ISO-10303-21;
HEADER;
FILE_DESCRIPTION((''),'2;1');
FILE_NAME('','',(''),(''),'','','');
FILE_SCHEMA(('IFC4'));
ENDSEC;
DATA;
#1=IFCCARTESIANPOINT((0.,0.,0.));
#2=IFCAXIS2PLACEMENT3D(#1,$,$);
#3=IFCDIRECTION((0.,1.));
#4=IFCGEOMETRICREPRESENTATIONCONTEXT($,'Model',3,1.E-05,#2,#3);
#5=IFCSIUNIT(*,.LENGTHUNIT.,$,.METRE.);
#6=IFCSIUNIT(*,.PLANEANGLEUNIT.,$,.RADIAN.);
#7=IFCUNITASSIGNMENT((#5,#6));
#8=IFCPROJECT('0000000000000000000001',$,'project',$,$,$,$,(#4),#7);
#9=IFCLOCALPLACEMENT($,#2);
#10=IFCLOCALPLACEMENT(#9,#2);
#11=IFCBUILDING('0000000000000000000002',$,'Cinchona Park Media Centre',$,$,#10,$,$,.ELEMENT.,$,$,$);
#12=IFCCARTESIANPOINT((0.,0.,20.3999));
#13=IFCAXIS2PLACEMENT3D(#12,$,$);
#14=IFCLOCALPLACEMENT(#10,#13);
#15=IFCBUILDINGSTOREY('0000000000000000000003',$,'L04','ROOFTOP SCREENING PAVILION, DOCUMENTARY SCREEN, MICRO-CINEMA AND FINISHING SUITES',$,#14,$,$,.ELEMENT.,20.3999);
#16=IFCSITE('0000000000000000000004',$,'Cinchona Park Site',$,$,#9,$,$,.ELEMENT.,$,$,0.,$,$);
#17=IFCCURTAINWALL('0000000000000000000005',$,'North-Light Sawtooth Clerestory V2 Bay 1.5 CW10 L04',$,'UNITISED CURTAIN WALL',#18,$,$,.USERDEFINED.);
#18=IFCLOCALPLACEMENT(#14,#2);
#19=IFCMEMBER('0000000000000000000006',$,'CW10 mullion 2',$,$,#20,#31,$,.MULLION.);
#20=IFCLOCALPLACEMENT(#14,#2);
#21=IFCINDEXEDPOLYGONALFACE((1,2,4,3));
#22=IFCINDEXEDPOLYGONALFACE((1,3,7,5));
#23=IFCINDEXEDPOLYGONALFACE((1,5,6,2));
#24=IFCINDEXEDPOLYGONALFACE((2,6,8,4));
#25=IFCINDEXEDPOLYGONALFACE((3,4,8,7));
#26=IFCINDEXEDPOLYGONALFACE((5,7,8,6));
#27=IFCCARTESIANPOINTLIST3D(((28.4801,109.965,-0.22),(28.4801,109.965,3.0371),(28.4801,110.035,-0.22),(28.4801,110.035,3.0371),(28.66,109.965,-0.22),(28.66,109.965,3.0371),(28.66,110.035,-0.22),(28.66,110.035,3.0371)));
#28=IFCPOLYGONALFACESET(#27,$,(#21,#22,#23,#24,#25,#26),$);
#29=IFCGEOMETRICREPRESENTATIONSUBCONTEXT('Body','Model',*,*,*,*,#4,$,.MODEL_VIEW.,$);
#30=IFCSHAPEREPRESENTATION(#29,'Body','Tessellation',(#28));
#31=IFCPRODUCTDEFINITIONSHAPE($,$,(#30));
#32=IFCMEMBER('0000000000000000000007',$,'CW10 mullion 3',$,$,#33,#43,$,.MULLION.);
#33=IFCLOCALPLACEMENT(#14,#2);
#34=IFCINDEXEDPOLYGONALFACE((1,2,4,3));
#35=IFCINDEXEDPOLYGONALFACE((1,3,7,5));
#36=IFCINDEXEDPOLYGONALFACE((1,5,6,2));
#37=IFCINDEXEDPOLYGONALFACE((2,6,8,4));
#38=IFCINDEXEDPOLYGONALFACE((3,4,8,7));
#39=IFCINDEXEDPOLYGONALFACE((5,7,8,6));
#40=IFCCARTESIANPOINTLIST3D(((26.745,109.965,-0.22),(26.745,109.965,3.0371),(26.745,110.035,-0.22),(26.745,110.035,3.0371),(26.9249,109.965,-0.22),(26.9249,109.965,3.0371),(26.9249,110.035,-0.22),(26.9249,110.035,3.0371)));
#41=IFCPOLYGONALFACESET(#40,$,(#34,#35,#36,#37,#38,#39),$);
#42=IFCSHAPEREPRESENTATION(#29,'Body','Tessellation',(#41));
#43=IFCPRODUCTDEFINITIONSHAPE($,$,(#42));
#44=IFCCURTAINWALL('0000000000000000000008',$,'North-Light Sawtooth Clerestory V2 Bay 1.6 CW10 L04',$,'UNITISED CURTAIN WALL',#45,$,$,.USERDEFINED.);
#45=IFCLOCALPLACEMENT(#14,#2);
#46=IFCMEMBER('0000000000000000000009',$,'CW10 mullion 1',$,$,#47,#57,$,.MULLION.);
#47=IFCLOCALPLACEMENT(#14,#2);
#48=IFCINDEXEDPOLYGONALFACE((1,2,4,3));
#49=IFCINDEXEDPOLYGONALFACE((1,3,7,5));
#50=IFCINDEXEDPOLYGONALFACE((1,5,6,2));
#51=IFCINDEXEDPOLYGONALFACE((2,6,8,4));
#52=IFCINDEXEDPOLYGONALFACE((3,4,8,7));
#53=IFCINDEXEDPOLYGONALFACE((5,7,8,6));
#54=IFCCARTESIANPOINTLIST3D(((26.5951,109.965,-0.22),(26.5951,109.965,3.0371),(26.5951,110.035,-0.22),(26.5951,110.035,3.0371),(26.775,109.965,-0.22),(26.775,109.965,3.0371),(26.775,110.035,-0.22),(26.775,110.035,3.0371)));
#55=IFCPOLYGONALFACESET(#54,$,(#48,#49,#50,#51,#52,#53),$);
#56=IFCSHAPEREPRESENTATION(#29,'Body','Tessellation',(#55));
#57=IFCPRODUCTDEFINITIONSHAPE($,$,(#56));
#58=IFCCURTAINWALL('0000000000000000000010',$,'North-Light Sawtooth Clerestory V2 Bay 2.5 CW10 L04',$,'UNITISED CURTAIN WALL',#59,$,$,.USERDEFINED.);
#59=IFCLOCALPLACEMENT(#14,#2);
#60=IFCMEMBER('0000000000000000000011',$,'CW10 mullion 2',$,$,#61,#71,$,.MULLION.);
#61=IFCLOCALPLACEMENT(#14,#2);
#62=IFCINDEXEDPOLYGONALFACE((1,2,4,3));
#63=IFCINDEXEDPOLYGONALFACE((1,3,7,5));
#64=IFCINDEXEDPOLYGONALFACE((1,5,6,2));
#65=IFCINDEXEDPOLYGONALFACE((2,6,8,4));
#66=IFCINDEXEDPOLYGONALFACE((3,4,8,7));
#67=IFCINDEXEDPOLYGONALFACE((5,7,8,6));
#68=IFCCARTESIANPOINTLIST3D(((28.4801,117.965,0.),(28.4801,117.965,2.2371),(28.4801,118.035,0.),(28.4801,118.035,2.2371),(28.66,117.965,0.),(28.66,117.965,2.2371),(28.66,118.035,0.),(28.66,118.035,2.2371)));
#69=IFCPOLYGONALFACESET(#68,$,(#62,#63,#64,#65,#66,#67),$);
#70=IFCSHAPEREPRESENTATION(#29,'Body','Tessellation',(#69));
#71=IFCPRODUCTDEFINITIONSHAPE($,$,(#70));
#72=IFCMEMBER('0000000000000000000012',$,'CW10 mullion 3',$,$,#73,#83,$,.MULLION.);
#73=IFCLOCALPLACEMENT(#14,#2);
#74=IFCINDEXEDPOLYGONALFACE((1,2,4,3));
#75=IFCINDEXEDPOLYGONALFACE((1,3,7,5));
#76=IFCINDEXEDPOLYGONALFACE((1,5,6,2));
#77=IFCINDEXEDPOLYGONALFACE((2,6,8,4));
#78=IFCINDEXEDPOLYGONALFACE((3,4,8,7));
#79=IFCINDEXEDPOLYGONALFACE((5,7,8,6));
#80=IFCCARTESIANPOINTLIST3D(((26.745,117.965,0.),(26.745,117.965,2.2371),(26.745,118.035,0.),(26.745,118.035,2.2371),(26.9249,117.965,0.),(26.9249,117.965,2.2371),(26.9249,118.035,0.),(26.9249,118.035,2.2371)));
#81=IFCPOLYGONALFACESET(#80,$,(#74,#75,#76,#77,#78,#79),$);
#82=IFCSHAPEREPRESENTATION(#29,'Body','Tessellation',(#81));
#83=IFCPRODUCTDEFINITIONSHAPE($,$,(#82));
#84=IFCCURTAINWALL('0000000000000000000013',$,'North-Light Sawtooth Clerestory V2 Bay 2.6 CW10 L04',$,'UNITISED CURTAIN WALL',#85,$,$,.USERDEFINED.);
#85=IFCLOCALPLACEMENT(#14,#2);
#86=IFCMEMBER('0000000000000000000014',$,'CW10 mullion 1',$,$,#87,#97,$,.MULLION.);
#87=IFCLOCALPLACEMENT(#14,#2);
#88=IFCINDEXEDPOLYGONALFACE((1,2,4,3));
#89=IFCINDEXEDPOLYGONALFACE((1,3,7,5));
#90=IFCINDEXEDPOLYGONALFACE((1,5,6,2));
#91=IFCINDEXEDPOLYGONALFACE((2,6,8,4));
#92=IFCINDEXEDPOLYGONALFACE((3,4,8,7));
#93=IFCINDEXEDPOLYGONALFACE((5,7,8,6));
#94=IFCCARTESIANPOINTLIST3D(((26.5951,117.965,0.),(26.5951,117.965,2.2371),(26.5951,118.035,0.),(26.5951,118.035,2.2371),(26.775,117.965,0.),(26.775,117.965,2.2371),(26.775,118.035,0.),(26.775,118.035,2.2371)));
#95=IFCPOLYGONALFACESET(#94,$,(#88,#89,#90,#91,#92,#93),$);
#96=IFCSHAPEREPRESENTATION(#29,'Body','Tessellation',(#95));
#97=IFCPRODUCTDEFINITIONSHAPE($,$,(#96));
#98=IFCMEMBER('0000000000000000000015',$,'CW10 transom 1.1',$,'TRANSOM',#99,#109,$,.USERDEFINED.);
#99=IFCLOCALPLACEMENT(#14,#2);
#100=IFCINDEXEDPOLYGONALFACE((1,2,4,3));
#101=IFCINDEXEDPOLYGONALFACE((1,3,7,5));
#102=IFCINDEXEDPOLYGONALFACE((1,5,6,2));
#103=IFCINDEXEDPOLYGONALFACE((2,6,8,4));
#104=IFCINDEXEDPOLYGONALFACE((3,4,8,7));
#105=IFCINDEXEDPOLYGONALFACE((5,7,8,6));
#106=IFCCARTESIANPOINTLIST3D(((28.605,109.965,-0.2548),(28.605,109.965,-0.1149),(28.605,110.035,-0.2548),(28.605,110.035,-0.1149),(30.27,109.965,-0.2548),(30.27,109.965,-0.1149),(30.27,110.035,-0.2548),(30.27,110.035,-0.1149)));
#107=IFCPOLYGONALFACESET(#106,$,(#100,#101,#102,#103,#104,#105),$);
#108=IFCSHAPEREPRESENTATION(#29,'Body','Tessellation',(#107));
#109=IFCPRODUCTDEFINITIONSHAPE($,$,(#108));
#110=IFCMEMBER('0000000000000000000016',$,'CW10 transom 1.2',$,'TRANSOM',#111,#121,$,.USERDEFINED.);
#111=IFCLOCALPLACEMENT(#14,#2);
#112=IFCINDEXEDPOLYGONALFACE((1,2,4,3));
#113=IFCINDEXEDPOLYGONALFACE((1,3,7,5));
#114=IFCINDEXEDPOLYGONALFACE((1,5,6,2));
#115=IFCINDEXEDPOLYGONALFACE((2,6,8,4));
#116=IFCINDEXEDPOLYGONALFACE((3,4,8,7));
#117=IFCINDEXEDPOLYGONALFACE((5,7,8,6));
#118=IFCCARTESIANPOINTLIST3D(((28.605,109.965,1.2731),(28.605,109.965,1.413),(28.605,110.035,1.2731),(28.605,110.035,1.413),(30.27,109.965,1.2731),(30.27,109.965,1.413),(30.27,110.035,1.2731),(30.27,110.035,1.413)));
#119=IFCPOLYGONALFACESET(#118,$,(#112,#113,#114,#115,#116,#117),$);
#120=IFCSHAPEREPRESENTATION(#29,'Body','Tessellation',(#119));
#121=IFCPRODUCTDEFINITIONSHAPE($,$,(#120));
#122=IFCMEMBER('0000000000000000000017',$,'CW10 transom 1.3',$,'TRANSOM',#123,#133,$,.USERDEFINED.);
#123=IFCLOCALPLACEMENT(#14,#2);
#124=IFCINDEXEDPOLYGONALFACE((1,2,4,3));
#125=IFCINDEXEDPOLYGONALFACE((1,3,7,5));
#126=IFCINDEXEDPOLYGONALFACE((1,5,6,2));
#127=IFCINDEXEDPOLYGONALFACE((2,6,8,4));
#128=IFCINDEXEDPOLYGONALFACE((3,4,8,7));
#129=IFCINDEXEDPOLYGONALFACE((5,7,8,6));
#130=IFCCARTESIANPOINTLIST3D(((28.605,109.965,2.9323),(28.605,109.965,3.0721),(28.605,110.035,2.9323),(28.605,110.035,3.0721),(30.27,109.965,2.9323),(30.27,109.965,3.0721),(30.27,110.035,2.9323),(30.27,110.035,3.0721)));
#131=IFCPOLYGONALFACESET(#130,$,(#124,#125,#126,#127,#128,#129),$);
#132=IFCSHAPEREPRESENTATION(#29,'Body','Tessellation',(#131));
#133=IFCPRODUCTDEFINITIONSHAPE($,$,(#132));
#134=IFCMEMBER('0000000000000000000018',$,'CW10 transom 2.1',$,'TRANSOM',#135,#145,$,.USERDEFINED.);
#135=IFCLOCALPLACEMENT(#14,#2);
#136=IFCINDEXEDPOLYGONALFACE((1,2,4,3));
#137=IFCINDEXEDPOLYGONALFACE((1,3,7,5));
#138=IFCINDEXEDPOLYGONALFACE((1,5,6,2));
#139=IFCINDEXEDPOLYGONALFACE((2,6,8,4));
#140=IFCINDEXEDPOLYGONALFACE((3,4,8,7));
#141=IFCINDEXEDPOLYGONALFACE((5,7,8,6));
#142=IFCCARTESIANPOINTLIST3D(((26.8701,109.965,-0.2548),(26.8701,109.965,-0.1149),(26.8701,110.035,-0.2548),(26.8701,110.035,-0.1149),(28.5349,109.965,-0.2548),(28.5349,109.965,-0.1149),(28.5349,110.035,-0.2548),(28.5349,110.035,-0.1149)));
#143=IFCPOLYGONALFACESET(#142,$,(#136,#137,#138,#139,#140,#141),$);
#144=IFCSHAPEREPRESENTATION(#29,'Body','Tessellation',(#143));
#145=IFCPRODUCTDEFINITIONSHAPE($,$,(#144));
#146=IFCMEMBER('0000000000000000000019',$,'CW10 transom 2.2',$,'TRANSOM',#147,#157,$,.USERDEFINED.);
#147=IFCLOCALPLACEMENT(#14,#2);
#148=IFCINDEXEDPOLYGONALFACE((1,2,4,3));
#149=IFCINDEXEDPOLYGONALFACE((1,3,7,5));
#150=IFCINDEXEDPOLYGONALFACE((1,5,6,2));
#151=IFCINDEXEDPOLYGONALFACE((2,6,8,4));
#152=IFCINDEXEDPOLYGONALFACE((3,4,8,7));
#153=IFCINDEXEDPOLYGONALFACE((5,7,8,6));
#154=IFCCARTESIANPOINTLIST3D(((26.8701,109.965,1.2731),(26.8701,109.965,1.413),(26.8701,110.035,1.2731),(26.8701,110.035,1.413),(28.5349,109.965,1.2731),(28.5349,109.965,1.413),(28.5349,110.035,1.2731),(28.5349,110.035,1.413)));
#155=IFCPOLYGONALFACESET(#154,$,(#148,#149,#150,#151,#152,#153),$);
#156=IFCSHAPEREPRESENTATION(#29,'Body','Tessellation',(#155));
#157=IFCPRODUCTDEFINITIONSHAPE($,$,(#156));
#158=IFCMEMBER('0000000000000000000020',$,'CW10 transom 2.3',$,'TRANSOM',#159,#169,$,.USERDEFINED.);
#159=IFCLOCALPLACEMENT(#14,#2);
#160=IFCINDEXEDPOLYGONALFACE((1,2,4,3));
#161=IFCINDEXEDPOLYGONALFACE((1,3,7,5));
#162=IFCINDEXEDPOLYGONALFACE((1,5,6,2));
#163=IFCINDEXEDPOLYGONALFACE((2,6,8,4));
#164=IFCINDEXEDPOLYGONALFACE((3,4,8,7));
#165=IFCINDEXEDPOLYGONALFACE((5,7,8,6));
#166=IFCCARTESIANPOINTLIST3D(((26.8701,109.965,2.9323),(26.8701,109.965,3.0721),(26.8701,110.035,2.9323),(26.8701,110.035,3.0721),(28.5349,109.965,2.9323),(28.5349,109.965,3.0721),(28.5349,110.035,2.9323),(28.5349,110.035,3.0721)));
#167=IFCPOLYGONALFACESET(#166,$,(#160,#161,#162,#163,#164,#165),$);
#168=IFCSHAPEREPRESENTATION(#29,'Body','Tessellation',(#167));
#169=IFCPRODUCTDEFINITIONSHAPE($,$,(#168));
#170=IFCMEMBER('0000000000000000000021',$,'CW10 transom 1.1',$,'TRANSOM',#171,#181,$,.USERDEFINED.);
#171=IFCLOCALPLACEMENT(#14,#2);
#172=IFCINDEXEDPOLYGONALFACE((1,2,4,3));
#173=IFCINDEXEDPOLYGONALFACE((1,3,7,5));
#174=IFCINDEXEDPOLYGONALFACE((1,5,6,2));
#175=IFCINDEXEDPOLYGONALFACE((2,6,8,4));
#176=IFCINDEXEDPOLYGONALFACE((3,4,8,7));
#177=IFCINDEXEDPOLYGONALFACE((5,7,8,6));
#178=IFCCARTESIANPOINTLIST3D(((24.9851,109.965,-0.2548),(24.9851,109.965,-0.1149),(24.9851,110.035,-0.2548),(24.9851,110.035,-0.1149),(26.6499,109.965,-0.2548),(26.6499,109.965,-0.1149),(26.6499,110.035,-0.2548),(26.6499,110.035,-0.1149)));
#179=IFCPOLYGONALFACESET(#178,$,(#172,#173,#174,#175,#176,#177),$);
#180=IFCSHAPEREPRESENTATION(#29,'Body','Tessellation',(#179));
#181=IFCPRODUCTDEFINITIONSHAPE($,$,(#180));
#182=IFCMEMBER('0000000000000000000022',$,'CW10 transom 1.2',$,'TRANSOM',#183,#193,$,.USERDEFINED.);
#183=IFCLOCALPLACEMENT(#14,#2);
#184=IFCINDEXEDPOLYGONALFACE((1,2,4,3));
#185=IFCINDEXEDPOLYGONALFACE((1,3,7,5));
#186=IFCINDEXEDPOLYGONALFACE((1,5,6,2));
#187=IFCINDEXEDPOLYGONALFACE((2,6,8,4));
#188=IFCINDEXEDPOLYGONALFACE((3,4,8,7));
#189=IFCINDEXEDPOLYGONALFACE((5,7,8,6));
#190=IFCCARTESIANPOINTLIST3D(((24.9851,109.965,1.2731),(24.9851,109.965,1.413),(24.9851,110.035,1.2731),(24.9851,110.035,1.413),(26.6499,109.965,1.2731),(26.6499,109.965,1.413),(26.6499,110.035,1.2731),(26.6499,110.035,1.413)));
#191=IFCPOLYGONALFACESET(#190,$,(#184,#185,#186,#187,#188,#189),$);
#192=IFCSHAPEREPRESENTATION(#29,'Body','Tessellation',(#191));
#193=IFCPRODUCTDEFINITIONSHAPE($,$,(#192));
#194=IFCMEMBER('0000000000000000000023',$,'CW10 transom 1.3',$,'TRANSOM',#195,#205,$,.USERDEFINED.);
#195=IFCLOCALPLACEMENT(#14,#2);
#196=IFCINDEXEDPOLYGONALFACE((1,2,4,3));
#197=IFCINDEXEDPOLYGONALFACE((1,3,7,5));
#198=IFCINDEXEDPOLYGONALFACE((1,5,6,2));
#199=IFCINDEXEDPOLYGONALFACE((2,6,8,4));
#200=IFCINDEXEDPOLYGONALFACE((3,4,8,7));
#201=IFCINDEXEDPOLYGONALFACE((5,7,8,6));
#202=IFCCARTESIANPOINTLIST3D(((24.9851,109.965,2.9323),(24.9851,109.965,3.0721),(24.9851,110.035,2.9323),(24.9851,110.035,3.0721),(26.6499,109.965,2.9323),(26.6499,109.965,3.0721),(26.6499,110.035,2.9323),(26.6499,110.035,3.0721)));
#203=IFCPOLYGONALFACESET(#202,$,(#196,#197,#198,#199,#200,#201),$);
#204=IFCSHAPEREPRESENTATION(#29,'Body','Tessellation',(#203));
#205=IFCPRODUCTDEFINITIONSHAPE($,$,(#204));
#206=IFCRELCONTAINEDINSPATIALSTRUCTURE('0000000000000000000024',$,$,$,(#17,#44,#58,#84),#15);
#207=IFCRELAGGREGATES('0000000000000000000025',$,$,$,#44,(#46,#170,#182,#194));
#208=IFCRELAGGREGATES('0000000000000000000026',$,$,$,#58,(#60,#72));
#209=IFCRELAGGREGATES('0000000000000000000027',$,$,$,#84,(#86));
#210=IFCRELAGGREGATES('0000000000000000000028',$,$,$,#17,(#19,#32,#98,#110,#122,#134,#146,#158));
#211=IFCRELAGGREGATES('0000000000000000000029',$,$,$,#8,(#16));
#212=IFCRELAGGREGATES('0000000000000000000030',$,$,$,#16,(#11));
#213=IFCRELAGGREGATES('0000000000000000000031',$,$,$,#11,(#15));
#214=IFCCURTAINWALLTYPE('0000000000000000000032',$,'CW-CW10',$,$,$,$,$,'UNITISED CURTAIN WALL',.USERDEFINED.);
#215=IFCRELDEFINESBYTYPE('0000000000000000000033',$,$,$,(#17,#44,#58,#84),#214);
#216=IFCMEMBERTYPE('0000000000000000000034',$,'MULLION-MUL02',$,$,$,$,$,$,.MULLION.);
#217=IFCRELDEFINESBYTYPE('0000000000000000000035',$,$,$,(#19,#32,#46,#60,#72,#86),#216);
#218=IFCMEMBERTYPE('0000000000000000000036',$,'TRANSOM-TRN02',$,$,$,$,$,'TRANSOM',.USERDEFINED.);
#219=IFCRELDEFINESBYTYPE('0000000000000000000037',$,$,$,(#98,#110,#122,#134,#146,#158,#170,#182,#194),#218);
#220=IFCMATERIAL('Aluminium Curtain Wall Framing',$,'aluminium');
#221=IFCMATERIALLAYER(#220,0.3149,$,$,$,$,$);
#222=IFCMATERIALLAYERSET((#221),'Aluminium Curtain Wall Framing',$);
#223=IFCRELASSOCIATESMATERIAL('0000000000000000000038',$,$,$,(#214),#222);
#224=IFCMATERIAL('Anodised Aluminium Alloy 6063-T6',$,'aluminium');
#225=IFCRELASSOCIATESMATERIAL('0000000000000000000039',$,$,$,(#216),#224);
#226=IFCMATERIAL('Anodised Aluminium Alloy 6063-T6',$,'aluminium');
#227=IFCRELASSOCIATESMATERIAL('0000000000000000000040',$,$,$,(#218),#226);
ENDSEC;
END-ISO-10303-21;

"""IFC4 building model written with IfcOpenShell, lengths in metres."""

from ifc_helpers import new_model, si_unit, direction, frame, origin, origin_2d, place, context, subcontext, project, spatial, rectangle, extrude, material, layer, layer_set, material_profile, profile_set, type_object, element, aggregate, save


model = new_model("IFC4")

# Units and contexts
model_context = context("Model", 3, precision=1e-05, world=origin(), true_north=direction((0.0, 1.0)))
body_context = subcontext(model_context, "Body", "Model", "MODEL_VIEW")
ifc_project = project(units=[si_unit("LENGTHUNIT", "METRE"), si_unit("PLANEANGLEUNIT", "RADIAN")], contexts=[model_context])

# Site, building, storey
site_placement = place(None, origin())
site = spatial("IfcSite", under=ifc_project, at=site_placement, Name="Cinchona Park Site", CompositionType="ELEMENT", RefElevation=0.0)
building_placement = place(site_placement, origin())
building = spatial("IfcBuilding", under=site, at=building_placement, Name="Cinchona Park Media Centre", CompositionType="ELEMENT")
storey_placement = place(building_placement, frame((0.0, 0.0, 20.3999)))
storey = spatial("IfcBuildingStorey", under=building, at=storey_placement, Name="L04", Description="ROOFTOP SCREENING PAVILION, DOCUMENTARY SCREEN, MICRO-CINEMA AND FINISHING SUITES", CompositionType="ELEMENT", Elevation=20.3999)

# Curtain wall, members
ifc_material_1 = material(Name="Aluminium Curtain Wall Framing", Category="aluminium")
ifc_layer_1 = layer(ifc_material_1, 0.3149)
ifc_layer_set_1 = layer_set([ifc_layer_1], Name="Aluminium Curtain Wall Framing")
curtain_wall_type = type_object("IfcCurtainWallType", Name="CW-CW10", ElementType="UNITISED CURTAIN WALL", PredefinedType="USERDEFINED", material=ifc_layer_set_1)
curtain_wall_1_placement = place(storey_placement, origin())
curtain_wall_1 = element("IfcCurtainWall", 1, at=curtain_wall_1_placement, inside=storey, type_object=curtain_wall_type, Name="North-Light Sawtooth Clerestory V2 Bay 1.5 CW10 L04", ObjectType="UNITISED CURTAIN WALL", PredefinedType="USERDEFINED")
ifc_material_2 = material(Name="Anodised Aluminium Alloy 6063-T6", Category="aluminium")
ifc_material_profile_1 = material_profile(ifc_material_2, rectangle(XDim=0.0701, YDim=0.1799, at=origin_2d()), Name="MUL-70X180")
ifc_profile_set_1 = profile_set([ifc_material_profile_1], Name="Anodised Aluminium Alloy 6063-T6")
member_type_1 = type_object("IfcMemberType", Name="MULLION-MUL02", PredefinedType="MULLION", material=ifc_profile_set_1)
member_1_placement = place(storey_placement, frame((28.5701, 110.0, -0.22), z_axis=(0.0, 0.0, 1.0), x_axis=(0.0, -1.0, 0.0)))
member_1 = element("IfcMember", 2, at=member_1_placement, type_object=member_type_1, Name="CW10 mullion 2", PredefinedType="MULLION", context=body_context, shape_type="SweptSolid", body=[
    extrude(rectangle(XDim=0.0701, YDim=0.1799, at=origin_2d()), origin(), (0.0, 0.0, 1.0), 3.2571),
])
member_2_placement = place(storey_placement, frame((26.835, 110.0, -0.22), z_axis=(0.0, 0.0, 1.0), x_axis=(0.0, -1.0, 0.0)))
member_2 = element("IfcMember", 3, at=member_2_placement, type_object=member_type_1, Name="CW10 mullion 3", PredefinedType="MULLION", context=body_context, shape_type="SweptSolid", body=[
    extrude(rectangle(XDim=0.0701, YDim=0.1799, at=origin_2d()), origin(), (0.0, 0.0, 1.0), 3.2571),
])

# Curtain wall, member
curtain_wall_2_placement = place(storey_placement, origin())
curtain_wall_2 = element("IfcCurtainWall", 4, at=curtain_wall_2_placement, inside=storey, type_object=curtain_wall_type, Name="North-Light Sawtooth Clerestory V2 Bay 1.6 CW10 L04", ObjectType="UNITISED CURTAIN WALL", PredefinedType="USERDEFINED")
member_3_placement = place(storey_placement, frame((26.6851, 110.0, -0.22), z_axis=(0.0, 0.0, 1.0), x_axis=(0.0, -1.0, 0.0)))
member_3 = element("IfcMember", 5, at=member_3_placement, type_object=member_type_1, Name="CW10 mullion 1", PredefinedType="MULLION", context=body_context, shape_type="SweptSolid", body=[
    extrude(rectangle(XDim=0.0701, YDim=0.1799, at=origin_2d()), origin(), (0.0, 0.0, 1.0), 3.2571),
])

# Curtain wall, members
curtain_wall_3_placement = place(storey_placement, origin())
curtain_wall_3 = element("IfcCurtainWall", 6, at=curtain_wall_3_placement, inside=storey, type_object=curtain_wall_type, Name="North-Light Sawtooth Clerestory V2 Bay 2.5 CW10 L04", ObjectType="UNITISED CURTAIN WALL", PredefinedType="USERDEFINED")
member_4_placement = place(storey_placement, frame((28.5701, 118.0, 0.0), z_axis=(0.0, 0.0, 1.0), x_axis=(0.0, -1.0, 0.0)))
member_4 = element("IfcMember", 7, at=member_4_placement, type_object=member_type_1, Name="CW10 mullion 2", PredefinedType="MULLION", context=body_context, shape_type="SweptSolid", body=[
    extrude(rectangle(XDim=0.0701, YDim=0.1799, at=origin_2d()), origin(), (0.0, 0.0, 1.0), 2.2371),
])
member_5_placement = place(storey_placement, frame((26.835, 118.0, 0.0), z_axis=(0.0, 0.0, 1.0), x_axis=(0.0, -1.0, 0.0)))
member_5 = element("IfcMember", 8, at=member_5_placement, type_object=member_type_1, Name="CW10 mullion 3", PredefinedType="MULLION", context=body_context, shape_type="SweptSolid", body=[
    extrude(rectangle(XDim=0.0701, YDim=0.1799, at=origin_2d()), origin(), (0.0, 0.0, 1.0), 2.2371),
])

# Curtain wall, member
curtain_wall_4_placement = place(storey_placement, origin())
curtain_wall_4 = element("IfcCurtainWall", 9, at=curtain_wall_4_placement, inside=storey, type_object=curtain_wall_type, Name="North-Light Sawtooth Clerestory V2 Bay 2.6 CW10 L04", ObjectType="UNITISED CURTAIN WALL", PredefinedType="USERDEFINED")
member_6_placement = place(storey_placement, frame((26.6851, 118.0, 0.0), z_axis=(0.0, 0.0, 1.0), x_axis=(0.0, -1.0, 0.0)))
member_6 = element("IfcMember", 10, at=member_6_placement, type_object=member_type_1, Name="CW10 mullion 1", PredefinedType="MULLION", context=body_context, shape_type="SweptSolid", body=[
    extrude(rectangle(XDim=0.0701, YDim=0.1799, at=origin_2d()), origin(), (0.0, 0.0, 1.0), 2.2371),
])

# Members
ifc_material_3 = material(Name="Anodised Aluminium Alloy 6063-T6", Category="aluminium")
ifc_material_profile_2 = material_profile(ifc_material_3, rectangle(XDim=0.0701, YDim=0.1399, at=origin_2d()), Name="TRN-70X140")
ifc_profile_set_2 = profile_set([ifc_material_profile_2], Name="Anodised Aluminium Alloy 6063-T6")
member_type_2 = type_object("IfcMemberType", Name="TRANSOM-TRN02", ElementType="TRANSOM", PredefinedType="USERDEFINED", material=ifc_profile_set_2)
member_7_placement = place(storey_placement, frame((30.27, 110.0, -0.1848), z_axis=(-1.0, 0.0, 0.0), x_axis=(0.0, -1.0, 0.0)))
member_7 = element("IfcMember", 11, at=member_7_placement, type_object=member_type_2, Name="CW10 transom 1.1", ObjectType="TRANSOM", PredefinedType="USERDEFINED", context=body_context, shape_type="SweptSolid", body=[
    extrude(rectangle(XDim=0.0701, YDim=0.1399, at=origin_2d()), origin(), (0.0, 0.0, 1.0), 1.665),
])
member_8_placement = place(storey_placement, frame((30.27, 110.0, 1.343), z_axis=(-1.0, 0.0, 0.0), x_axis=(0.0, -1.0, 0.0)))
member_8 = element("IfcMember", 12, at=member_8_placement, type_object=member_type_2, Name="CW10 transom 1.2", ObjectType="TRANSOM", PredefinedType="USERDEFINED", context=body_context, shape_type="SweptSolid", body=[
    extrude(rectangle(XDim=0.0701, YDim=0.1399, at=origin_2d()), origin(), (0.0, 0.0, 1.0), 1.665),
])
member_9_placement = place(storey_placement, frame((30.27, 110.0, 3.0022), z_axis=(-1.0, 0.0, 0.0), x_axis=(0.0, -1.0, 0.0)))
member_9 = element("IfcMember", 13, at=member_9_placement, type_object=member_type_2, Name="CW10 transom 1.3", ObjectType="TRANSOM", PredefinedType="USERDEFINED", context=body_context, shape_type="SweptSolid", body=[
    extrude(rectangle(XDim=0.0701, YDim=0.1399, at=origin_2d()), origin(), (0.0, 0.0, 1.0), 1.665),
])
member_10_placement = place(storey_placement, frame((28.5349, 110.0, -0.1848), z_axis=(-1.0, 0.0, 0.0), x_axis=(0.0, -1.0, 0.0)))
member_10 = element("IfcMember", 14, at=member_10_placement, type_object=member_type_2, Name="CW10 transom 2.1", ObjectType="TRANSOM", PredefinedType="USERDEFINED", context=body_context, shape_type="SweptSolid", body=[
    extrude(rectangle(XDim=0.0701, YDim=0.1399, at=origin_2d()), origin(), (0.0, 0.0, 1.0), 1.6648),
])
member_11_placement = place(storey_placement, frame((28.5349, 110.0, 1.343), z_axis=(-1.0, 0.0, 0.0), x_axis=(0.0, -1.0, 0.0)))
member_11 = element("IfcMember", 15, at=member_11_placement, type_object=member_type_2, Name="CW10 transom 2.2", ObjectType="TRANSOM", PredefinedType="USERDEFINED", context=body_context, shape_type="SweptSolid", body=[
    extrude(rectangle(XDim=0.0701, YDim=0.1399, at=origin_2d()), origin(), (0.0, 0.0, 1.0), 1.6648),
])
member_12_placement = place(storey_placement, frame((28.5349, 110.0, 3.0022), z_axis=(-1.0, 0.0, 0.0), x_axis=(0.0, -1.0, 0.0)))
member_12 = element("IfcMember", 16, at=member_12_placement, type_object=member_type_2, Name="CW10 transom 2.3", ObjectType="TRANSOM", PredefinedType="USERDEFINED", context=body_context, shape_type="SweptSolid", body=[
    extrude(rectangle(XDim=0.0701, YDim=0.1399, at=origin_2d()), origin(), (0.0, 0.0, 1.0), 1.6648),
])
member_13_placement = place(storey_placement, frame((26.6499, 110.0, -0.1848), z_axis=(-1.0, 0.0, 0.0), x_axis=(0.0, -1.0, 0.0)))
member_13 = element("IfcMember", 17, at=member_13_placement, type_object=member_type_2, Name="CW10 transom 1.1", ObjectType="TRANSOM", PredefinedType="USERDEFINED", context=body_context, shape_type="SweptSolid", body=[
    extrude(rectangle(XDim=0.0701, YDim=0.1399, at=origin_2d()), origin(), (0.0, 0.0, 1.0), 1.6648),
])
member_14_placement = place(storey_placement, frame((26.6499, 110.0, 1.343), z_axis=(-1.0, 0.0, 0.0), x_axis=(0.0, -1.0, 0.0)))
member_14 = element("IfcMember", 18, at=member_14_placement, type_object=member_type_2, Name="CW10 transom 1.2", ObjectType="TRANSOM", PredefinedType="USERDEFINED", context=body_context, shape_type="SweptSolid", body=[
    extrude(rectangle(XDim=0.0701, YDim=0.1399, at=origin_2d()), origin(), (0.0, 0.0, 1.0), 1.6648),
])
member_15_placement = place(storey_placement, frame((26.6499, 110.0, 3.0022), z_axis=(-1.0, 0.0, 0.0), x_axis=(0.0, -1.0, 0.0)))
member_15 = element("IfcMember", 19, at=member_15_placement, type_object=member_type_2, Name="CW10 transom 1.3", ObjectType="TRANSOM", PredefinedType="USERDEFINED", context=body_context, shape_type="SweptSolid", body=[
    extrude(rectangle(XDim=0.0701, YDim=0.1399, at=origin_2d()), origin(), (0.0, 0.0, 1.0), 1.6648),
])
aggregate(curtain_wall_2, [member_3, member_13, member_14, member_15])

aggregate(curtain_wall_3, [member_4, member_5])
aggregate(curtain_wall_4, [member_6])
aggregate(curtain_wall_1, [member_1, member_2, member_7, member_8, member_9, member_10, member_11, member_12])

save(model, "model.ifc")
